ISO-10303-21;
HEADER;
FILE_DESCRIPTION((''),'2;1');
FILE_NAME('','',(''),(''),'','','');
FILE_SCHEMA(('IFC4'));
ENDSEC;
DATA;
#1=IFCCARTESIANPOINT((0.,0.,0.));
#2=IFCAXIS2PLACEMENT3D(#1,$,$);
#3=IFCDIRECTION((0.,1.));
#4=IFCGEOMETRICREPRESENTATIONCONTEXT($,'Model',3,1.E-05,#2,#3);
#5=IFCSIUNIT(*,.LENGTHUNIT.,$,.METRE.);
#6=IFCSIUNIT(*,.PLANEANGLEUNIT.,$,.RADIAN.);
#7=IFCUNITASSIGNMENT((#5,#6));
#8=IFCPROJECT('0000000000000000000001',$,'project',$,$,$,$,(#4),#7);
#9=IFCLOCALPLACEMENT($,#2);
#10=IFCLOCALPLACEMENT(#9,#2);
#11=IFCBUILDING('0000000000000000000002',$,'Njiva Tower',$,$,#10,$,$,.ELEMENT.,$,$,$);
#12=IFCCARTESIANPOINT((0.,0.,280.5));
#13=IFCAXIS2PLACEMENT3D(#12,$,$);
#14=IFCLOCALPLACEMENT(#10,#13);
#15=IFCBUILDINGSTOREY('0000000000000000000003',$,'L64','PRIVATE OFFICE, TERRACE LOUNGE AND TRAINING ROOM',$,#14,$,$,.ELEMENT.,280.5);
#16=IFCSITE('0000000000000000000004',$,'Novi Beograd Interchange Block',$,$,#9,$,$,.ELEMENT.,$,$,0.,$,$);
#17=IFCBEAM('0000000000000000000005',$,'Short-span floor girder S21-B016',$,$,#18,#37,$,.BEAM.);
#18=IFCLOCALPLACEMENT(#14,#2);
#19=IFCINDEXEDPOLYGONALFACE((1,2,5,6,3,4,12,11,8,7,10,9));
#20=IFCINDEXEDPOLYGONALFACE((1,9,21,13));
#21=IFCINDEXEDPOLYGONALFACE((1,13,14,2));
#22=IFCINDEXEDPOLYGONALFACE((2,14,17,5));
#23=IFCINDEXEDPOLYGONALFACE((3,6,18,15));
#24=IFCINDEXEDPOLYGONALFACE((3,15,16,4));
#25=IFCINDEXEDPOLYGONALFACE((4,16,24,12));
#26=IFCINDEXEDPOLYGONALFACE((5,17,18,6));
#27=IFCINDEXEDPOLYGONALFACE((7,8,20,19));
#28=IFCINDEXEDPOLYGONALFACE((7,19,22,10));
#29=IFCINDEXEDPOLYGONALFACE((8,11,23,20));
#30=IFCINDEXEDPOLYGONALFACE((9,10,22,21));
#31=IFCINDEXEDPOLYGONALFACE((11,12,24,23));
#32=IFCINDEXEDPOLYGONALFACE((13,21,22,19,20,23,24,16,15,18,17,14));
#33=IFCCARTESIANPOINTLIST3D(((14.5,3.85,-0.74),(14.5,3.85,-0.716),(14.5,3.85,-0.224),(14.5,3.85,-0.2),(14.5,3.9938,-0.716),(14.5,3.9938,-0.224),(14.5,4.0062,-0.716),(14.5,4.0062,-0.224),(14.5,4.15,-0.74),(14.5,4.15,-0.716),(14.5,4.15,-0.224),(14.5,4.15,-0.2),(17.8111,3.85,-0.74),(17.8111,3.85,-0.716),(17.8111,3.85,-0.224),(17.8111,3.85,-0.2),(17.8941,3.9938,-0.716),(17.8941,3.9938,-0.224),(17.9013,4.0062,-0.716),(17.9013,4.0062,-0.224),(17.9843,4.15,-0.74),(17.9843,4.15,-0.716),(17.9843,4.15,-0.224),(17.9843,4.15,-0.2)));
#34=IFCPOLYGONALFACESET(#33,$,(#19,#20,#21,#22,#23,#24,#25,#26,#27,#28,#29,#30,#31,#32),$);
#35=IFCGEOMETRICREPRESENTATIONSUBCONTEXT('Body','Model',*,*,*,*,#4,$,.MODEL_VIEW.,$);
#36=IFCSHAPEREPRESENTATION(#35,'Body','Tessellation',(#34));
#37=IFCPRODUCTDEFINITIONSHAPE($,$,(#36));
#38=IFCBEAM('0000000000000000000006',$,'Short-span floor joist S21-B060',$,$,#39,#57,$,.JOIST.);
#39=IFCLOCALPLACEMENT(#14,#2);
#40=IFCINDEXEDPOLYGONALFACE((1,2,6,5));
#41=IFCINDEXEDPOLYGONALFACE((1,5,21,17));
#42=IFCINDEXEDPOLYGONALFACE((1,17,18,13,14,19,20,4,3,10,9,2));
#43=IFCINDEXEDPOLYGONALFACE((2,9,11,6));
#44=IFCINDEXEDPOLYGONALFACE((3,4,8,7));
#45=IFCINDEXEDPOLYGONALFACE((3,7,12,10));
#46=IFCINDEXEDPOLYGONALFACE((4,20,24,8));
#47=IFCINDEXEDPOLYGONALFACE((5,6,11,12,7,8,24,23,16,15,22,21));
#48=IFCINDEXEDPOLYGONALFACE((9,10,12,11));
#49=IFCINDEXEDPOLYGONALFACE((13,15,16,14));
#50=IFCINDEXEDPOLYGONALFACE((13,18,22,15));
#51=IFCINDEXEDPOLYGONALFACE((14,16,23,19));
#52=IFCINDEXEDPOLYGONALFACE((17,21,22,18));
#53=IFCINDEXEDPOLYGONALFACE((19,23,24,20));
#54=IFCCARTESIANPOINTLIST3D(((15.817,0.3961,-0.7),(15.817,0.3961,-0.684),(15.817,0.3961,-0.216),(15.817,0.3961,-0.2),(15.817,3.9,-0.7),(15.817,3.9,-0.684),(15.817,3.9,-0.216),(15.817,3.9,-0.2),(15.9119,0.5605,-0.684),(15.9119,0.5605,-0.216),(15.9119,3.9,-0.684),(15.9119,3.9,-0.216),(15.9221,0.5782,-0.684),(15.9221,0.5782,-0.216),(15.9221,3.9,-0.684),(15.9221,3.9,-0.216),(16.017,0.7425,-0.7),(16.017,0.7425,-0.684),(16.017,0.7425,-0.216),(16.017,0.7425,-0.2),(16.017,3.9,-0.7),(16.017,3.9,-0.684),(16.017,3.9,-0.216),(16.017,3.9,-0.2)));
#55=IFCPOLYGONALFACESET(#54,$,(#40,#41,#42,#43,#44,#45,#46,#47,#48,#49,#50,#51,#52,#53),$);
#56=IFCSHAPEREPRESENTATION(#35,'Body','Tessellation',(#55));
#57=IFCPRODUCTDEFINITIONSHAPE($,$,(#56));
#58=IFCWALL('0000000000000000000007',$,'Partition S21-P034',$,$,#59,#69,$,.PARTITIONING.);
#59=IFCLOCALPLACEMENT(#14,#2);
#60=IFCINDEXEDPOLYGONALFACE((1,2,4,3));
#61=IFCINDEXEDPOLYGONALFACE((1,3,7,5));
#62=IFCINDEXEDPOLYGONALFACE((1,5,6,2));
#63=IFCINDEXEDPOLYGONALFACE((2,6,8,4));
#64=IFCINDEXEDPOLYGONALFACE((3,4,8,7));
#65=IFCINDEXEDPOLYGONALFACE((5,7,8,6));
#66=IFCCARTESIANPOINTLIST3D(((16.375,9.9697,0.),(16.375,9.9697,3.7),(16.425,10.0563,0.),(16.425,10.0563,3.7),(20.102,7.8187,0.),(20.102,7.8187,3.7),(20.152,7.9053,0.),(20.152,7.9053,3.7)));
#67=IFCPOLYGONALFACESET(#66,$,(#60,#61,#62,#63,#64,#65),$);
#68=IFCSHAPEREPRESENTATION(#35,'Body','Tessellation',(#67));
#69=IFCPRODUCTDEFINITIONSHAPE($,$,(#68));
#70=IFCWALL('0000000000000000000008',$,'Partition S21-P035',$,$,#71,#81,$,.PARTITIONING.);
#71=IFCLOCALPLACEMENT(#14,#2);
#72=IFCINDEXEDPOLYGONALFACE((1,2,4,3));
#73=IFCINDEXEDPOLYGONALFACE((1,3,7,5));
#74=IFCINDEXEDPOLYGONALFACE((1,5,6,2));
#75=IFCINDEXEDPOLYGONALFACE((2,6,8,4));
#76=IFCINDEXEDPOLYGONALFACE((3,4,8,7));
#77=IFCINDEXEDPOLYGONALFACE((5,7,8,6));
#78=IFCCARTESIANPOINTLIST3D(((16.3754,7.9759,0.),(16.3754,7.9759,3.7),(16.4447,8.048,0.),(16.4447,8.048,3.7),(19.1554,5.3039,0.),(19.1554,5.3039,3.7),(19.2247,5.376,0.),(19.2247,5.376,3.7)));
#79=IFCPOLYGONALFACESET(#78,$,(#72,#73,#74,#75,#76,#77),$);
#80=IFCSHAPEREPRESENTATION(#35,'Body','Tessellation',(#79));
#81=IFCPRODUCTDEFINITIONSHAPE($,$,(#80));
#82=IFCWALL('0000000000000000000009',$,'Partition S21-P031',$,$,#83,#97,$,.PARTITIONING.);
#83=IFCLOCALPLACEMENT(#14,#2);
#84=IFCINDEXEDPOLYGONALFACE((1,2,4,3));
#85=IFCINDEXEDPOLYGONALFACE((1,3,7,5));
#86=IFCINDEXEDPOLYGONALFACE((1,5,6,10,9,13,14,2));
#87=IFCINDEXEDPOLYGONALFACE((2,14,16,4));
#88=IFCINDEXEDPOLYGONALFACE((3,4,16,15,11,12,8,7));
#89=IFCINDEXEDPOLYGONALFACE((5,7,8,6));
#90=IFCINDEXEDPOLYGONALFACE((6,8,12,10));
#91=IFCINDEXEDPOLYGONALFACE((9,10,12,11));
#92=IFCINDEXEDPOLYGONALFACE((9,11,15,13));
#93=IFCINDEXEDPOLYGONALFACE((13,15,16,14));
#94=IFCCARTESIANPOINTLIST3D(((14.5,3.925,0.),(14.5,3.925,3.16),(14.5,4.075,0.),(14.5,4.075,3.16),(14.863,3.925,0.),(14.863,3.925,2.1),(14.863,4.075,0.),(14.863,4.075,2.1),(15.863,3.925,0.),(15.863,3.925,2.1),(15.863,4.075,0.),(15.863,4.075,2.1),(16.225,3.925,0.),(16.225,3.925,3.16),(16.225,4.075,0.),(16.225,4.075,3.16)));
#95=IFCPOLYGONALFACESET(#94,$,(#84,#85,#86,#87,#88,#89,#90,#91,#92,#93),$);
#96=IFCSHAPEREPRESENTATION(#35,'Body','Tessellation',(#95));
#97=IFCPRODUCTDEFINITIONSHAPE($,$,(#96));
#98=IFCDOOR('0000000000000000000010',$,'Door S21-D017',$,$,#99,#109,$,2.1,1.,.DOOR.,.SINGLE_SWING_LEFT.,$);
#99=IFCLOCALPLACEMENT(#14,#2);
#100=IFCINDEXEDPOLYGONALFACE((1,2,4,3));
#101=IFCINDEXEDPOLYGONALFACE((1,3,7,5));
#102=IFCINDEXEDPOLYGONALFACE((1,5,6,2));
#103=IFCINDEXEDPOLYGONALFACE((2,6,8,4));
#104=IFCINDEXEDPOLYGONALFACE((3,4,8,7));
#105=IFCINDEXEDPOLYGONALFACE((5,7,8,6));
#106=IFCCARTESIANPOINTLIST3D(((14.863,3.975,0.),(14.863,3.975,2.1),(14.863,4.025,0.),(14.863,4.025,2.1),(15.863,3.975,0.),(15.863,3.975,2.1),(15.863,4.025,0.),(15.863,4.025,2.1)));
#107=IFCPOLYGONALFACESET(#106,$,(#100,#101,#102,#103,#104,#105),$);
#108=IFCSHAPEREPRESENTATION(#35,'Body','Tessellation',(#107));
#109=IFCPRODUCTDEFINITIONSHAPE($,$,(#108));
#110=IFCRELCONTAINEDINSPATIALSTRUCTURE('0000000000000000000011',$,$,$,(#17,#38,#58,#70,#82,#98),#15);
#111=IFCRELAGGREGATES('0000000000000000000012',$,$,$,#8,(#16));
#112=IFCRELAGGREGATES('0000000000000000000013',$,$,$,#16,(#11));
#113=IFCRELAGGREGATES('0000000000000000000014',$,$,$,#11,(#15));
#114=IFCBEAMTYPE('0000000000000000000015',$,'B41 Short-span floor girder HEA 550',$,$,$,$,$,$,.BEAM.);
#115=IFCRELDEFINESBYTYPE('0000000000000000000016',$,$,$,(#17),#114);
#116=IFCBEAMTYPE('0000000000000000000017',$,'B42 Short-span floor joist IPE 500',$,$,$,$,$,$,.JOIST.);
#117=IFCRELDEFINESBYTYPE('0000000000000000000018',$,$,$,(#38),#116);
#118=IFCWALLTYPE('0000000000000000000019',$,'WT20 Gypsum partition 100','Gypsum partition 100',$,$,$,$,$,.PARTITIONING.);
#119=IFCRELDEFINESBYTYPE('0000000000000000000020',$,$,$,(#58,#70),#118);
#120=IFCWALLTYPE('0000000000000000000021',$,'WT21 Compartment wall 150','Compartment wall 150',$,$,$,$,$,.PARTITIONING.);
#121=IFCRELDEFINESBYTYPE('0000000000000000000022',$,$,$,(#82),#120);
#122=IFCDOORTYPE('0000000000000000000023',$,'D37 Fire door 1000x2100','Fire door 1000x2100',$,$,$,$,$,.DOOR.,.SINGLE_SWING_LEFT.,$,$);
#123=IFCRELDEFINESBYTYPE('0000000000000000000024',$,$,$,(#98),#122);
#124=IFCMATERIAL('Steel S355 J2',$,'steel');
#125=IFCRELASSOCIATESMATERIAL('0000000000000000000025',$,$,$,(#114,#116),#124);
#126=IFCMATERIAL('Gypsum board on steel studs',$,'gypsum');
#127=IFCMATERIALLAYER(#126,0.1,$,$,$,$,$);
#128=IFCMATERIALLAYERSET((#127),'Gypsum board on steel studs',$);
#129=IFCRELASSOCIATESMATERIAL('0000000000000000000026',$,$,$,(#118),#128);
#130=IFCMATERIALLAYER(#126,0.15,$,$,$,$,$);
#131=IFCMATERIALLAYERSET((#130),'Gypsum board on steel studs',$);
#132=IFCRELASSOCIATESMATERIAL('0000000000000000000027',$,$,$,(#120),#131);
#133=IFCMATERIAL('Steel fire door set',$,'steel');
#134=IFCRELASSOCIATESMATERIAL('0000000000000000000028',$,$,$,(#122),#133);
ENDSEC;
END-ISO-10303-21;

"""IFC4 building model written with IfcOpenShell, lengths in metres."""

from ifc_helpers import new_model, si_unit, direction, frame, frame_2d, origin, origin_2d, place, context, subcontext, project, spatial, rectangle, i_section, extrude, clip, halfspace, material, layer, layer_set, material_profile, profile_set, type_object, element, fill, save


model = new_model("IFC4")

# Units and contexts
model_context = context("Model", 3, precision=1e-05, world=origin(), true_north=direction((0.0, 1.0)))
body_context = subcontext(model_context, "Body", "Model", "MODEL_VIEW")
ifc_project = project(units=[si_unit("LENGTHUNIT", "METRE"), si_unit("PLANEANGLEUNIT", "RADIAN")], contexts=[model_context])

# Site, building, storey
site_placement = place(None, origin())
site = spatial("IfcSite", under=ifc_project, at=site_placement, Name="Novi Beograd Interchange Block", CompositionType="ELEMENT", RefElevation=0.0)
building_placement = place(site_placement, origin())
building = spatial("IfcBuilding", under=site, at=building_placement, Name="Njiva Tower", CompositionType="ELEMENT")
storey_placement = place(building_placement, frame((0.0, 0.0, 280.5)))
storey = spatial("IfcBuildingStorey", under=building, at=storey_placement, Name="L64", Description="PRIVATE OFFICE, TERRACE LOUNGE AND TRAINING ROOM", CompositionType="ELEMENT", Elevation=280.5)

# Shared definitions
ifc_material_1 = material(Name="Steel S355 J2", Category="steel")

# Beams
ifc_material_profile_1 = material_profile(ifc_material_1, i_section(OverallWidth=0.3, OverallDepth=0.54, WebThickness=0.0125, FlangeThickness=0.024, at=origin_2d()), Name="HEA 550")
ifc_profile_set_1 = profile_set([ifc_material_profile_1], Name="Steel S355 J2")
beam_type_1 = type_object("IfcBeamType", Name="B41 Short-span floor girder HEA 550", PredefinedType="BEAM", material=ifc_profile_set_1)
beam_1_placement = place(storey_placement, frame((14.5, 4.0, -0.47), z_axis=(1.0, 0.0, 0.0), x_axis=(0.0, 1.0, 0.0)))
element("IfcBeam", 1, at=beam_1_placement, inside=storey, type_object=beam_type_1, Name="Short-span floor girder S21-B016", PredefinedType="BEAM", context=body_context, shape_type="Clipping", body=[
    clip(extrude(i_section(OverallWidth=0.3, OverallDepth=0.54, WebThickness=0.0125, FlangeThickness=0.024, at=origin_2d()), origin(), (0.0, 0.0, 1.0), 3.505), halfspace(frame((-0.025, 0.0, 3.3833), z_axis=(-0.499998, 0.0, 0.866027), x_axis=(0.0, 1.0, 0.0)), False)),
])
ifc_material_profile_2 = material_profile(ifc_material_1, i_section(OverallWidth=0.2, OverallDepth=0.5, WebThickness=0.0102, FlangeThickness=0.016, at=origin_2d()), Name="IPE 500")
ifc_profile_set_2 = profile_set([ifc_material_profile_2], Name="Steel S355 J2")
beam_type_2 = type_object("IfcBeamType", Name="B42 Short-span floor joist IPE 500", PredefinedType="JOIST", material=ifc_profile_set_2)
beam_2_placement = place(storey_placement, frame((15.917, 3.9, -0.45), z_axis=(0.0, -1.0, 0.0), x_axis=(1.0, 0.0, 0.0)))
element("IfcBeam", 2, at=beam_2_placement, inside=storey, type_object=beam_type_2, Name="Short-span floor joist S21-B060", PredefinedType="JOIST", context=body_context, shape_type="Clipping", body=[
    clip(extrude(i_section(OverallWidth=0.2, OverallDepth=0.5, WebThickness=0.0102, FlangeThickness=0.016, at=origin_2d()), origin(), (0.0, 0.0, 1.0), 3.524), halfspace(frame((0.043, 0.0, 3.2562), z_axis=(0.866027, 0.0, 0.499998), x_axis=(0.0, 1.0, 0.0)), False)),
])

# Walls
ifc_material_2 = material(Name="Gypsum board on steel studs", Category="gypsum")
ifc_layer_1 = layer(ifc_material_2, 0.1)
ifc_layer_set_1 = layer_set([ifc_layer_1], Name="Gypsum board on steel studs")
wall_type_1 = type_object("IfcWallType", Name="WT20 Gypsum partition 100", Description="Gypsum partition 100", PredefinedType="PARTITIONING", material=ifc_layer_set_1)
wall_1_placement = place(storey_placement, frame((16.4, 10.013, 0.0), z_axis=(0.0, 0.0, 1.0), x_axis=(0.866104, -0.499863, 0.0)))
element("IfcWall", 3, at=wall_1_placement, inside=storey, type_object=wall_type_1, Name="Partition S21-P034", PredefinedType="PARTITIONING", context=body_context, shape_type="SweptSolid", body=[
    extrude(rectangle(XDim=4.3032, YDim=0.1, at=frame_2d((2.1516, 0.0))), origin(), (0.0, 0.0, 1.0), 3.7),
])
wall_2_placement = place(storey_placement, frame((16.41, 8.012, 0.0), z_axis=(0.0, 0.0, 1.0), x_axis=(0.720973, -0.692964, 0.0)))
element("IfcWall", 4, at=wall_2_placement, inside=storey, type_object=wall_type_1, Name="Partition S21-P035", PredefinedType="PARTITIONING", context=body_context, shape_type="SweptSolid", body=[
    extrude(rectangle(XDim=3.8559, YDim=0.1, at=frame_2d((1.928, 0.0))), origin(), (0.0, 0.0, 1.0), 3.7),
])

# Wall, opening, door
ifc_layer_2 = layer(ifc_material_2, 0.15)
ifc_layer_set_2 = layer_set([ifc_layer_2], Name="Gypsum board on steel studs")
wall_type_2 = type_object("IfcWallType", Name="WT21 Compartment wall 150", Description="Compartment wall 150", PredefinedType="PARTITIONING", material=ifc_layer_set_2)
wall_3_placement = place(storey_placement, frame((14.5, 4.0, 0.0), z_axis=(0.0, 0.0, 1.0), x_axis=(1.0, 0.0, 0.0)))
wall_3 = element("IfcWall", 5, at=wall_3_placement, inside=storey, type_object=wall_type_2, Name="Partition S21-P031", PredefinedType="PARTITIONING", context=body_context, shape_type="SweptSolid", body=[
    extrude(rectangle(XDim=1.725, YDim=0.15, at=frame_2d((0.8625, 0.0))), origin(), (0.0, 0.0, 1.0), 3.16),
])
opening_placement = place(wall_3_placement, frame((0.363, 0.0, 0.0)))
opening = element("IfcOpeningElement", 6, at=opening_placement, cuts=wall_3, PredefinedType="OPENING", context=body_context, shape_type="SweptSolid", body=[
    extrude(rectangle(XDim=1.0, YDim=2.1, at=frame_2d((0.5, 1.05))), frame((0.0, 0.085, 0.0), z_axis=(0.0, -1.0, 0.0), x_axis=(1.0, 0.0, 0.0)), (0.0, 0.0, 1.0), 0.17),
])
ifc_material_3 = material(Name="Steel fire door set", Category="steel")
door_type = type_object("IfcDoorType", Name="D37 Fire door 1000x2100", Description="Fire door 1000x2100", OperationType="SINGLE_SWING_LEFT", PredefinedType="DOOR", material=ifc_material_3)
door_placement = place(opening_placement, origin())
door = element("IfcDoor", 7, at=door_placement, inside=storey, type_object=door_type, Name="Door S21-D017", OperationType="SINGLE_SWING_LEFT", OverallHeight=2.1, OverallWidth=1.0, PredefinedType="DOOR", context=body_context, shape_type="SweptSolid", body=[
    extrude(rectangle(XDim=1.0, YDim=2.1, at=frame_2d((0.5, 1.05))), frame((0.0, 0.025, 0.0), z_axis=(0.0, -1.0, 0.0), x_axis=(1.0, 0.0, 0.0)), (0.0, 0.0, 1.0), 0.05),
])
fill(opening, door)

save(model, "model.ifc")
